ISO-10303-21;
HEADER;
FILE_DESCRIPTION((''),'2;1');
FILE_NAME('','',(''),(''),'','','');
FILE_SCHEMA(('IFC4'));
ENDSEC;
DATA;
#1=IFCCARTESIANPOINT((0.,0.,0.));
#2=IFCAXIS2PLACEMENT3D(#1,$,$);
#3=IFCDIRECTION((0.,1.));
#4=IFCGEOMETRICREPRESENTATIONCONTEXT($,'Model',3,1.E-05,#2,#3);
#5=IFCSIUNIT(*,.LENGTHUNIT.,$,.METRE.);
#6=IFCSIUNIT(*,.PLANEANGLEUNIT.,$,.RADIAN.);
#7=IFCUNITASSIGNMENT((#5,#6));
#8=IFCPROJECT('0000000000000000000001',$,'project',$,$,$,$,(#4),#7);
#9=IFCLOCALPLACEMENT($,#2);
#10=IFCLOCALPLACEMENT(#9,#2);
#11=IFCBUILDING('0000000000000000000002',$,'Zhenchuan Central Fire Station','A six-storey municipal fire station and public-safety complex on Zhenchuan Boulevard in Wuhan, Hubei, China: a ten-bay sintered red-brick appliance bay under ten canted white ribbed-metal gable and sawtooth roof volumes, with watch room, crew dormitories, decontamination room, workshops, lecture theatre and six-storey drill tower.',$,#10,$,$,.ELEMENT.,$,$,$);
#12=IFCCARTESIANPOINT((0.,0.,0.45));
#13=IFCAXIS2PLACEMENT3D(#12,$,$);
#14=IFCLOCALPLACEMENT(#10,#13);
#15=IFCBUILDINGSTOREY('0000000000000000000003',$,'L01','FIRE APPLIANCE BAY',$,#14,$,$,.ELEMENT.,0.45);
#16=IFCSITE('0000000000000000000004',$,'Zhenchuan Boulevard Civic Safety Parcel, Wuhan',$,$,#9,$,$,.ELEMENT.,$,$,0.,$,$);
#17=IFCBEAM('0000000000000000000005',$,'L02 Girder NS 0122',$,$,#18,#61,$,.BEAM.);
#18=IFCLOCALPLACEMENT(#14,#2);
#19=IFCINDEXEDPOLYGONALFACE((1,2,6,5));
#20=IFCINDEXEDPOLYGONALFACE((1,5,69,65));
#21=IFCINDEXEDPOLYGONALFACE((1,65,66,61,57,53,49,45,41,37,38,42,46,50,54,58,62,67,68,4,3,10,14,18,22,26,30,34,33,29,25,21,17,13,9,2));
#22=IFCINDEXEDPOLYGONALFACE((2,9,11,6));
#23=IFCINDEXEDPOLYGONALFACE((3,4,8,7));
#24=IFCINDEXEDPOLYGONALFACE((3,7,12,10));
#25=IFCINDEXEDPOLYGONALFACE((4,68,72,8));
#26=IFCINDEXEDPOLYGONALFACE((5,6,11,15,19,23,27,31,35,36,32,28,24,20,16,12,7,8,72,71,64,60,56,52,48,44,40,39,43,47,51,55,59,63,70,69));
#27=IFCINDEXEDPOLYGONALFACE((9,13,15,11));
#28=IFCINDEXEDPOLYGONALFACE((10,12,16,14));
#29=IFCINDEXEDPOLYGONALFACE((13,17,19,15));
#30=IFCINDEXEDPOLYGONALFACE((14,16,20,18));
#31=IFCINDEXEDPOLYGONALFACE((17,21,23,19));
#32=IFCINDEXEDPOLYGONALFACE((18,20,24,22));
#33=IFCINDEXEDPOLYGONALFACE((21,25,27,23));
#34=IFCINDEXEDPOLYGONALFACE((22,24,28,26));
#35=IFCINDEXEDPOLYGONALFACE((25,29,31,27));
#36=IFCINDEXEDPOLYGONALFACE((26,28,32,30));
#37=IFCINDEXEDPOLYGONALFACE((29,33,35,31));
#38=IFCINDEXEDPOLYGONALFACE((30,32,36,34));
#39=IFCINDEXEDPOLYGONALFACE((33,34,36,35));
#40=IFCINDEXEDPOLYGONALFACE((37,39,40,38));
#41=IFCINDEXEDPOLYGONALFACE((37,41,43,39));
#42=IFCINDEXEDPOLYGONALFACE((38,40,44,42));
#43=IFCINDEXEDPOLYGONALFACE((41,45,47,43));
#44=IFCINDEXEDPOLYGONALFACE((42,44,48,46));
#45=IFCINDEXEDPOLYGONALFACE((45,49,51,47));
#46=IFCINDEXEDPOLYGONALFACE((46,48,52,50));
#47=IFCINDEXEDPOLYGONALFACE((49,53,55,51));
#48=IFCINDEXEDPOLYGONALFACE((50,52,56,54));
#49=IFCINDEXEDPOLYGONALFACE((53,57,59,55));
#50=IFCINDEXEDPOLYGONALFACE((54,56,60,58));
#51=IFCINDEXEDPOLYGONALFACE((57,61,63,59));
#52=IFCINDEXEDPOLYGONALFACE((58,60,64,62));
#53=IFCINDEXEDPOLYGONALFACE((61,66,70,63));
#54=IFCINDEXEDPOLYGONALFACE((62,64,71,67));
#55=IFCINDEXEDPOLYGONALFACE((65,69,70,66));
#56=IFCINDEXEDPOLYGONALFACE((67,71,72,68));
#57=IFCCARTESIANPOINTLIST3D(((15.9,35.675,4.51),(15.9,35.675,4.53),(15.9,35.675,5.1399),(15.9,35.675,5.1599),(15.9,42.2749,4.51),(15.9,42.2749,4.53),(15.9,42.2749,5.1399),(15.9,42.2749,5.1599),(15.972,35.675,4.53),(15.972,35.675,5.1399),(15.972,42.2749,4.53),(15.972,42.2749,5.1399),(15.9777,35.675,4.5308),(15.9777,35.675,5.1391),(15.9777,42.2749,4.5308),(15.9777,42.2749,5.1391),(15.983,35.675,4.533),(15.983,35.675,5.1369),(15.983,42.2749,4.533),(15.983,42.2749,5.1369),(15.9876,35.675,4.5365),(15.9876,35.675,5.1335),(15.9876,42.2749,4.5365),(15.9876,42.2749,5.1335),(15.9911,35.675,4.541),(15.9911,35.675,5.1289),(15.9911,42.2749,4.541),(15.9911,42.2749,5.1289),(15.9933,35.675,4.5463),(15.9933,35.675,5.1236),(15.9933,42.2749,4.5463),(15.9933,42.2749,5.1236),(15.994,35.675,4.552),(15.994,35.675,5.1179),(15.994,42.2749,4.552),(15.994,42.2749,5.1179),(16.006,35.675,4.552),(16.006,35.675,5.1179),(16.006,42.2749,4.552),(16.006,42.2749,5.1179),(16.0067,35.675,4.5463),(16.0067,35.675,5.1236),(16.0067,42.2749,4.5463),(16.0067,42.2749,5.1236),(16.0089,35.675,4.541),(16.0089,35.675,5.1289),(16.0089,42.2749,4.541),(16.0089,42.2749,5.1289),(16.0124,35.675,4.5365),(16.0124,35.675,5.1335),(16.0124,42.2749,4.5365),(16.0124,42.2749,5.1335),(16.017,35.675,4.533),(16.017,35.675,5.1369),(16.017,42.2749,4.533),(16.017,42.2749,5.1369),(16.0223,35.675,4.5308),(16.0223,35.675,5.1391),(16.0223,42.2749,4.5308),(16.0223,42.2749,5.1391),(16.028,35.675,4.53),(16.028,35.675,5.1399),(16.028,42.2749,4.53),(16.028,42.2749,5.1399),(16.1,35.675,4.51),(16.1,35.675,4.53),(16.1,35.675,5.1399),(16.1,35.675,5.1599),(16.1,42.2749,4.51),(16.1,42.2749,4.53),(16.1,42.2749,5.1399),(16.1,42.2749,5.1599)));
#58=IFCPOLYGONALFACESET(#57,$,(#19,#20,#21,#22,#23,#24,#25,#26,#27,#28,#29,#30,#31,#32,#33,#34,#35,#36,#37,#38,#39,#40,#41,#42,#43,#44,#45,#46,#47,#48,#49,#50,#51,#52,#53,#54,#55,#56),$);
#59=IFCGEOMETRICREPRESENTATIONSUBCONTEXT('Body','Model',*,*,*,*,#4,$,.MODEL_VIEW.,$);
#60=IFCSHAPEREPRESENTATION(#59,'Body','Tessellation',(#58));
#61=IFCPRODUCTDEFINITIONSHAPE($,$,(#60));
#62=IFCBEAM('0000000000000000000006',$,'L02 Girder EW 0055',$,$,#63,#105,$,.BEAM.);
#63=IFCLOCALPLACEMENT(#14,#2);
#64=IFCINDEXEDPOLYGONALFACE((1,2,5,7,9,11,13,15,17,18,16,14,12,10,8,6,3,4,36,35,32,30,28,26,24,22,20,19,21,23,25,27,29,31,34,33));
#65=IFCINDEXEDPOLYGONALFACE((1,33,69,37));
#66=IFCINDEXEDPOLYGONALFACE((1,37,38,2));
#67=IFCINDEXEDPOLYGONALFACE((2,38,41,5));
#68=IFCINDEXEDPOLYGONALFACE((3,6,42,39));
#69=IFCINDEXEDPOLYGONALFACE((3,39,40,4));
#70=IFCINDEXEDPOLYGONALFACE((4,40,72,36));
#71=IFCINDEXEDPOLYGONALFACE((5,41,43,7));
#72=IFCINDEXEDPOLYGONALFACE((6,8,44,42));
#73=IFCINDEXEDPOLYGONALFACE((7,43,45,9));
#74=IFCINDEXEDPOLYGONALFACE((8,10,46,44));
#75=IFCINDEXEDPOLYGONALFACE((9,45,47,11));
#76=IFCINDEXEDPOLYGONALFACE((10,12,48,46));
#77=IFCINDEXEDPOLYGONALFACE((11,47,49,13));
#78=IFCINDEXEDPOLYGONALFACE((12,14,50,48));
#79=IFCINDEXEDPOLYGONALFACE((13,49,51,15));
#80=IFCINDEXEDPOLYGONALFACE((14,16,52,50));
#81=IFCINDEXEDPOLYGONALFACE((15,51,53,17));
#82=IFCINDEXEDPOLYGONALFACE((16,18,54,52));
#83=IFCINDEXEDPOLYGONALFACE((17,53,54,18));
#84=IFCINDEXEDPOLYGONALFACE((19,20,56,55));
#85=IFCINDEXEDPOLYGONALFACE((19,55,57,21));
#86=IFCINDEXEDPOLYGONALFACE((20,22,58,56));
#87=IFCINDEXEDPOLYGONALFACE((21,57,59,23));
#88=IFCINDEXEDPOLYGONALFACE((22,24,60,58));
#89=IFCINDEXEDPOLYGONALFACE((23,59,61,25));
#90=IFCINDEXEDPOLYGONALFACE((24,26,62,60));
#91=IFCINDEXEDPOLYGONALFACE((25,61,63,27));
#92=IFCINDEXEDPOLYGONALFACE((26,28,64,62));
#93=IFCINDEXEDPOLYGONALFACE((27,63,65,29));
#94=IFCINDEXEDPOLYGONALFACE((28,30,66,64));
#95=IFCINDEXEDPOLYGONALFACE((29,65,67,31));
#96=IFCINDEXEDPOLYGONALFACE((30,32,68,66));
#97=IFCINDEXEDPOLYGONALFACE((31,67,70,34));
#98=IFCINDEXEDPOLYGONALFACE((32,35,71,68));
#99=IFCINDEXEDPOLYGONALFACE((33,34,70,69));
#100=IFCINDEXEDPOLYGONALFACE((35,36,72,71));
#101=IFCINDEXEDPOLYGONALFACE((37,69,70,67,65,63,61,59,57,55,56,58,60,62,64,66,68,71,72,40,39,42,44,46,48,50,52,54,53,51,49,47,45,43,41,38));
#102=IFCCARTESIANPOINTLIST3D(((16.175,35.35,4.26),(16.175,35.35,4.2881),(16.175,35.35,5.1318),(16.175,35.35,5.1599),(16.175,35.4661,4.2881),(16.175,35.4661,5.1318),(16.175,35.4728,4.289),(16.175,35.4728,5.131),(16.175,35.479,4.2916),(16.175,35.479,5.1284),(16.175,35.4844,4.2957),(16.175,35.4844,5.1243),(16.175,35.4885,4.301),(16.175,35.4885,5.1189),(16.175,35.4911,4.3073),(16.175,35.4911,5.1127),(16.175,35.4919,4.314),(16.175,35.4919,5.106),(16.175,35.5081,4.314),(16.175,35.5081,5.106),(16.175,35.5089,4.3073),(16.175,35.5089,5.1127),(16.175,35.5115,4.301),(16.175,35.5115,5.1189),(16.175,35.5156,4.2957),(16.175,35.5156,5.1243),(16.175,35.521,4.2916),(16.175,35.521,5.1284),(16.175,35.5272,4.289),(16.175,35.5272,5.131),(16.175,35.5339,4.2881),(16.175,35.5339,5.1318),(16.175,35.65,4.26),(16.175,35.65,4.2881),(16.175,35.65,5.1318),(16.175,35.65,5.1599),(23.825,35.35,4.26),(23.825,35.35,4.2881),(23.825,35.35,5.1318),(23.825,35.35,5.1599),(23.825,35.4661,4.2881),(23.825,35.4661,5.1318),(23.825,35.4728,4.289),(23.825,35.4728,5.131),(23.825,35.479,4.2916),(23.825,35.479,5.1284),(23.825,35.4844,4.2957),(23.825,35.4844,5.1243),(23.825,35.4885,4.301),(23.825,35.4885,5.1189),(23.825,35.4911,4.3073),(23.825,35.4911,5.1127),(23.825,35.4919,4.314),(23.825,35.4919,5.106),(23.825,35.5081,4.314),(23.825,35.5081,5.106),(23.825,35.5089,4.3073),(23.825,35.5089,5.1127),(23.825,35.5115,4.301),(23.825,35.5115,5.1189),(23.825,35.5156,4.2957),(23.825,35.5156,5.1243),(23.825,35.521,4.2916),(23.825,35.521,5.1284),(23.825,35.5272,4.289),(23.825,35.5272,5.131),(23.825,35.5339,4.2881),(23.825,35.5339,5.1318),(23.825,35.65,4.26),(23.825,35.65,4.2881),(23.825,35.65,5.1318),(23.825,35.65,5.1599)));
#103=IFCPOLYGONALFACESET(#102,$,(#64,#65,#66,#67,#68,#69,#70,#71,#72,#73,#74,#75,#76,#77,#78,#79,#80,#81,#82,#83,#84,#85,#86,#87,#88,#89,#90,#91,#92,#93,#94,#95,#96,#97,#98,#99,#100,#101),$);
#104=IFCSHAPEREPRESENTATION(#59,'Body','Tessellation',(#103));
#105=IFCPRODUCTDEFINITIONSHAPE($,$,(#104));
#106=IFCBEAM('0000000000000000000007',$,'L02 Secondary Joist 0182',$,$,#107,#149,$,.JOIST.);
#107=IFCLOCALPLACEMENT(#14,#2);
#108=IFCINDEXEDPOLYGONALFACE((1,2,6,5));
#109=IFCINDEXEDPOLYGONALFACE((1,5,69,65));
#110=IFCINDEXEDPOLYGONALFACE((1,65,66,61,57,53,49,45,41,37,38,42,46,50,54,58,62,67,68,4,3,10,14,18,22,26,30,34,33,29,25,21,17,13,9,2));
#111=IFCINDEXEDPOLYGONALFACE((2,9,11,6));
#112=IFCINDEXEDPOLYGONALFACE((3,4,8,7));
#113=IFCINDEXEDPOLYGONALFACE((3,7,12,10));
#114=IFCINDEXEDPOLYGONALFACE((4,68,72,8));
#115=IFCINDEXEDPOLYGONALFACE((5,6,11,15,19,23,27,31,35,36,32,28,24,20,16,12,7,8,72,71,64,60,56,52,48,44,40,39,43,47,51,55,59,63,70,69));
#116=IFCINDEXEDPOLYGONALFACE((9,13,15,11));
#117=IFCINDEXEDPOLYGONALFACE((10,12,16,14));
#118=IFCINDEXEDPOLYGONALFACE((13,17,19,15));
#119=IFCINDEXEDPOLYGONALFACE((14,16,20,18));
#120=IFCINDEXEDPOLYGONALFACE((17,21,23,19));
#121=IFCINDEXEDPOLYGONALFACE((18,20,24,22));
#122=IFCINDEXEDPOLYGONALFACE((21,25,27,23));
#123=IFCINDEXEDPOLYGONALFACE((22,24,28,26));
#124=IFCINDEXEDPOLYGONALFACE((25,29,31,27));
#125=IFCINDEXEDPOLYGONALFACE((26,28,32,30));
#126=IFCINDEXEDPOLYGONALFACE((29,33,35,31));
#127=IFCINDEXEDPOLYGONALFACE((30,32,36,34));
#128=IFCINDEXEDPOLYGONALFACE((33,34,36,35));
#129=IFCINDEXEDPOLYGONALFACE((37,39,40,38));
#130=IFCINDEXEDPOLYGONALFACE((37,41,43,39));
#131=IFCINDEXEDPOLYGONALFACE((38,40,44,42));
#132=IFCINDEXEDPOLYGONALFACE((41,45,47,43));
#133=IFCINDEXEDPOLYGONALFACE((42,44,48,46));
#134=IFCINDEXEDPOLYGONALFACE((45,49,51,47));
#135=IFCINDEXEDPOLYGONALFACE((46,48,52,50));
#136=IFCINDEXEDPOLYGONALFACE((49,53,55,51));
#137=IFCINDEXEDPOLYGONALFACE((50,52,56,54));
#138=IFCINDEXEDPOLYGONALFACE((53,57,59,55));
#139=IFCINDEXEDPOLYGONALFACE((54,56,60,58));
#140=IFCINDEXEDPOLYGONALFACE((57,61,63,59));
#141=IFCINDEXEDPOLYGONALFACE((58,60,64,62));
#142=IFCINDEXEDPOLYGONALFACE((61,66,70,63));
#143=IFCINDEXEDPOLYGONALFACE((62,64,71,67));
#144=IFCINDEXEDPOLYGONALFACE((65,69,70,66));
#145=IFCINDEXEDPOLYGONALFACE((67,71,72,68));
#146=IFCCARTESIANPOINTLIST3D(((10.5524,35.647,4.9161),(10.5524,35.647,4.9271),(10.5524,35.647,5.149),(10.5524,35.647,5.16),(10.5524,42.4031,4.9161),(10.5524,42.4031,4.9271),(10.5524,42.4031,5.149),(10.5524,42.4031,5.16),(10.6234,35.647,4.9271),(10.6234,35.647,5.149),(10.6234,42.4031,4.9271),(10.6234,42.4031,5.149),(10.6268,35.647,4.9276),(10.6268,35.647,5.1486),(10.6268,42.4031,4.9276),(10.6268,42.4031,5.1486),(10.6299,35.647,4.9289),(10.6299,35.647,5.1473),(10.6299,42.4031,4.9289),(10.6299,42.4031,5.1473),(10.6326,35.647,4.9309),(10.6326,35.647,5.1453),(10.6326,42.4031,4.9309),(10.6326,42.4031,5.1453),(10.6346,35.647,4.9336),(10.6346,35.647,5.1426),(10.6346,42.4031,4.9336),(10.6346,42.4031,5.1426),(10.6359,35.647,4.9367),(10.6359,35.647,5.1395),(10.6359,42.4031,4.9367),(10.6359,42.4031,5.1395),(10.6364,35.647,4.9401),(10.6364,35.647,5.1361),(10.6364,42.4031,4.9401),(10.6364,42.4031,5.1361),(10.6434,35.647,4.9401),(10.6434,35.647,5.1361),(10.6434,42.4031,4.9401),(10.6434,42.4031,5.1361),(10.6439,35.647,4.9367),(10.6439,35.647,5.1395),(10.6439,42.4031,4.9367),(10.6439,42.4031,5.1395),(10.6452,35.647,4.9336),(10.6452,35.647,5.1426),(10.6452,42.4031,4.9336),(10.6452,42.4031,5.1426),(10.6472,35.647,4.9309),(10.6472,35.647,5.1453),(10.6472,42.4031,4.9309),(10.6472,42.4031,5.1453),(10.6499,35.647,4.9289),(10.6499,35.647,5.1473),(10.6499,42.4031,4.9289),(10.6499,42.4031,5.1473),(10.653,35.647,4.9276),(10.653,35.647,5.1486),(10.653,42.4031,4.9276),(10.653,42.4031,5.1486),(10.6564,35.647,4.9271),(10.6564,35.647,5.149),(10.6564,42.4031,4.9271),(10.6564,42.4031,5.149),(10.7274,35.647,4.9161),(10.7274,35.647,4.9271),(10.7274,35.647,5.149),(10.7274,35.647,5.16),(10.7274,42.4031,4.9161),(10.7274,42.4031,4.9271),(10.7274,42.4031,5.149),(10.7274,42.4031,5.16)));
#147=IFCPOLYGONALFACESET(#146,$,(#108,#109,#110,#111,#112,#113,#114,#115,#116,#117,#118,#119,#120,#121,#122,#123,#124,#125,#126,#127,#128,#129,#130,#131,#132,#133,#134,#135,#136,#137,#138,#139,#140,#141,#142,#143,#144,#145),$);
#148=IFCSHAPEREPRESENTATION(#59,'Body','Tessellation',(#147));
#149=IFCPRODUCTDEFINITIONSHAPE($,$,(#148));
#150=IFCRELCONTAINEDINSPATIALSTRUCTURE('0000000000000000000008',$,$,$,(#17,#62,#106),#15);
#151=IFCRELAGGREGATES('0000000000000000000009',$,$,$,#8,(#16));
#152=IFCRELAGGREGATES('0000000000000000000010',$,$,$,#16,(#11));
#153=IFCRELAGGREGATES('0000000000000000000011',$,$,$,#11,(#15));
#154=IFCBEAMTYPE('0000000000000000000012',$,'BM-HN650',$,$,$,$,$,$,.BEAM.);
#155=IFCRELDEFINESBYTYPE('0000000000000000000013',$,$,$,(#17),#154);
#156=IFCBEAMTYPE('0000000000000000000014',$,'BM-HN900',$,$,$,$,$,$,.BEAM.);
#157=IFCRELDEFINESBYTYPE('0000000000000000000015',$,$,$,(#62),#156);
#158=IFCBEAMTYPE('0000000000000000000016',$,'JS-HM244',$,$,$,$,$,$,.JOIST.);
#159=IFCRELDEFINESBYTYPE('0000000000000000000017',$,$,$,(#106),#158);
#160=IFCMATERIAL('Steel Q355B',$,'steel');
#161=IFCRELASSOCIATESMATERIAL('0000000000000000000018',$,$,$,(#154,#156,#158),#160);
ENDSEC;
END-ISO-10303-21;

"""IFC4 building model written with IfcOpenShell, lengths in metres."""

from ifc_helpers import new_model, si_unit, direction, frame, origin, origin_2d, place, context, subcontext, project, spatial, i_section, extrude, material, material_profile, profile_set, type_object, element, save


model = new_model("IFC4")

# Units and contexts
model_context = context("Model", 3, precision=1e-05, world=origin(), true_north=direction((0.0, 1.0)))
body_context = subcontext(model_context, "Body", "Model", "MODEL_VIEW")
ifc_project = project(units=[si_unit("LENGTHUNIT", "METRE"), si_unit("PLANEANGLEUNIT", "RADIAN")], contexts=[model_context])

# Site, building, storey
site_placement = place(None, origin())
site = spatial("IfcSite", under=ifc_project, at=site_placement, Name="Zhenchuan Boulevard Civic Safety Parcel, Wuhan", CompositionType="ELEMENT", RefElevation=0.0)
building_placement = place(site_placement, origin())
building = spatial("IfcBuilding", under=site, at=building_placement, Name="Zhenchuan Central Fire Station", Description="A six-storey municipal fire station and public-safety complex on Zhenchuan Boulevard in Wuhan, Hubei, China: a ten-bay sintered red-brick appliance bay under ten canted white ribbed-metal gable and sawtooth roof volumes, with watch room, crew dormitories, decontamination room, workshops, lecture theatre and six-storey drill tower.", CompositionType="ELEMENT")
storey_placement = place(building_placement, frame((0.0, 0.0, 0.45)))
storey = spatial("IfcBuildingStorey", under=building, at=storey_placement, Name="L01", Description="FIRE APPLIANCE BAY", CompositionType="ELEMENT", Elevation=0.45)

# Beams
ifc_material_1 = material(Name="Steel Q355B", Category="steel")
ifc_material_profile_1 = material_profile(ifc_material_1, i_section(OverallWidth=0.2, OverallDepth=0.6499, WebThickness=0.012, FlangeThickness=0.02, FilletRadius=0.022, at=origin_2d()), Name="HN 650x200")
ifc_profile_set_1 = profile_set([ifc_material_profile_1], Name="Steel Q355B")
beam_type_1 = type_object("IfcBeamType", Name="BM-HN650", PredefinedType="BEAM", material=ifc_profile_set_1)
beam_1_placement = place(storey_placement, frame((16.0, 35.675, 4.835), z_axis=(0.0, 1.0, 0.0), x_axis=(-1.0, 0.0, 0.0)))
element("IfcBeam", 1, at=beam_1_placement, inside=storey, type_object=beam_type_1, Name="L02 Girder NS 0122", PredefinedType="BEAM", context=body_context, shape_type="SweptSolid", body=[
    extrude(i_section(OverallWidth=0.2, OverallDepth=0.6499, WebThickness=0.012, FlangeThickness=0.02, FilletRadius=0.022, at=origin_2d()), origin(), (0.0, 0.0, 1.0), 6.5999),
])
ifc_material_profile_2 = material_profile(ifc_material_1, i_section(OverallWidth=0.3, OverallDepth=0.8999, WebThickness=0.0161, FlangeThickness=0.0281, FilletRadius=0.0259, at=origin_2d()), Name="HN 900x300")
ifc_profile_set_2 = profile_set([ifc_material_profile_2], Name="Steel Q355B")
beam_type_2 = type_object("IfcBeamType", Name="BM-HN900", PredefinedType="BEAM", material=ifc_profile_set_2)
beam_2_placement = place(storey_placement, frame((16.175, 35.5, 4.71), z_axis=(1.0, 0.0, 0.0), x_axis=(0.0, 1.0, 0.0)))
element("IfcBeam", 2, at=beam_2_placement, inside=storey, type_object=beam_type_2, Name="L02 Girder EW 0055", PredefinedType="BEAM", context=body_context, shape_type="SweptSolid", body=[
    extrude(i_section(OverallWidth=0.3, OverallDepth=0.8999, WebThickness=0.0161, FlangeThickness=0.0281, FilletRadius=0.0259, at=origin_2d()), origin(), (0.0, 0.0, 1.0), 7.6499),
])
ifc_material_profile_3 = material_profile(ifc_material_1, i_section(OverallWidth=0.175, OverallDepth=0.2439, WebThickness=0.0071, FlangeThickness=0.011, FilletRadius=0.0129, at=origin_2d()), Name="HM 244x175")
ifc_profile_set_3 = profile_set([ifc_material_profile_3], Name="Steel Q355B")
beam_type_3 = type_object("IfcBeamType", Name="JS-HM244", PredefinedType="JOIST", material=ifc_profile_set_3)
beam_3_placement = place(storey_placement, frame((10.6399, 35.647, 5.0381), z_axis=(0.0, 1.0, 0.0), x_axis=(-1.0, 0.0, 0.0)))
element("IfcBeam", 3, at=beam_3_placement, inside=storey, type_object=beam_type_3, Name="L02 Secondary Joist 0182", PredefinedType="JOIST", context=body_context, shape_type="SweptSolid", body=[
    extrude(i_section(OverallWidth=0.175, OverallDepth=0.2439, WebThickness=0.0071, FlangeThickness=0.011, FilletRadius=0.0129, at=origin_2d()), origin(), (0.0, 0.0, 1.0), 6.7561),
])

save(model, "model.ifc")
